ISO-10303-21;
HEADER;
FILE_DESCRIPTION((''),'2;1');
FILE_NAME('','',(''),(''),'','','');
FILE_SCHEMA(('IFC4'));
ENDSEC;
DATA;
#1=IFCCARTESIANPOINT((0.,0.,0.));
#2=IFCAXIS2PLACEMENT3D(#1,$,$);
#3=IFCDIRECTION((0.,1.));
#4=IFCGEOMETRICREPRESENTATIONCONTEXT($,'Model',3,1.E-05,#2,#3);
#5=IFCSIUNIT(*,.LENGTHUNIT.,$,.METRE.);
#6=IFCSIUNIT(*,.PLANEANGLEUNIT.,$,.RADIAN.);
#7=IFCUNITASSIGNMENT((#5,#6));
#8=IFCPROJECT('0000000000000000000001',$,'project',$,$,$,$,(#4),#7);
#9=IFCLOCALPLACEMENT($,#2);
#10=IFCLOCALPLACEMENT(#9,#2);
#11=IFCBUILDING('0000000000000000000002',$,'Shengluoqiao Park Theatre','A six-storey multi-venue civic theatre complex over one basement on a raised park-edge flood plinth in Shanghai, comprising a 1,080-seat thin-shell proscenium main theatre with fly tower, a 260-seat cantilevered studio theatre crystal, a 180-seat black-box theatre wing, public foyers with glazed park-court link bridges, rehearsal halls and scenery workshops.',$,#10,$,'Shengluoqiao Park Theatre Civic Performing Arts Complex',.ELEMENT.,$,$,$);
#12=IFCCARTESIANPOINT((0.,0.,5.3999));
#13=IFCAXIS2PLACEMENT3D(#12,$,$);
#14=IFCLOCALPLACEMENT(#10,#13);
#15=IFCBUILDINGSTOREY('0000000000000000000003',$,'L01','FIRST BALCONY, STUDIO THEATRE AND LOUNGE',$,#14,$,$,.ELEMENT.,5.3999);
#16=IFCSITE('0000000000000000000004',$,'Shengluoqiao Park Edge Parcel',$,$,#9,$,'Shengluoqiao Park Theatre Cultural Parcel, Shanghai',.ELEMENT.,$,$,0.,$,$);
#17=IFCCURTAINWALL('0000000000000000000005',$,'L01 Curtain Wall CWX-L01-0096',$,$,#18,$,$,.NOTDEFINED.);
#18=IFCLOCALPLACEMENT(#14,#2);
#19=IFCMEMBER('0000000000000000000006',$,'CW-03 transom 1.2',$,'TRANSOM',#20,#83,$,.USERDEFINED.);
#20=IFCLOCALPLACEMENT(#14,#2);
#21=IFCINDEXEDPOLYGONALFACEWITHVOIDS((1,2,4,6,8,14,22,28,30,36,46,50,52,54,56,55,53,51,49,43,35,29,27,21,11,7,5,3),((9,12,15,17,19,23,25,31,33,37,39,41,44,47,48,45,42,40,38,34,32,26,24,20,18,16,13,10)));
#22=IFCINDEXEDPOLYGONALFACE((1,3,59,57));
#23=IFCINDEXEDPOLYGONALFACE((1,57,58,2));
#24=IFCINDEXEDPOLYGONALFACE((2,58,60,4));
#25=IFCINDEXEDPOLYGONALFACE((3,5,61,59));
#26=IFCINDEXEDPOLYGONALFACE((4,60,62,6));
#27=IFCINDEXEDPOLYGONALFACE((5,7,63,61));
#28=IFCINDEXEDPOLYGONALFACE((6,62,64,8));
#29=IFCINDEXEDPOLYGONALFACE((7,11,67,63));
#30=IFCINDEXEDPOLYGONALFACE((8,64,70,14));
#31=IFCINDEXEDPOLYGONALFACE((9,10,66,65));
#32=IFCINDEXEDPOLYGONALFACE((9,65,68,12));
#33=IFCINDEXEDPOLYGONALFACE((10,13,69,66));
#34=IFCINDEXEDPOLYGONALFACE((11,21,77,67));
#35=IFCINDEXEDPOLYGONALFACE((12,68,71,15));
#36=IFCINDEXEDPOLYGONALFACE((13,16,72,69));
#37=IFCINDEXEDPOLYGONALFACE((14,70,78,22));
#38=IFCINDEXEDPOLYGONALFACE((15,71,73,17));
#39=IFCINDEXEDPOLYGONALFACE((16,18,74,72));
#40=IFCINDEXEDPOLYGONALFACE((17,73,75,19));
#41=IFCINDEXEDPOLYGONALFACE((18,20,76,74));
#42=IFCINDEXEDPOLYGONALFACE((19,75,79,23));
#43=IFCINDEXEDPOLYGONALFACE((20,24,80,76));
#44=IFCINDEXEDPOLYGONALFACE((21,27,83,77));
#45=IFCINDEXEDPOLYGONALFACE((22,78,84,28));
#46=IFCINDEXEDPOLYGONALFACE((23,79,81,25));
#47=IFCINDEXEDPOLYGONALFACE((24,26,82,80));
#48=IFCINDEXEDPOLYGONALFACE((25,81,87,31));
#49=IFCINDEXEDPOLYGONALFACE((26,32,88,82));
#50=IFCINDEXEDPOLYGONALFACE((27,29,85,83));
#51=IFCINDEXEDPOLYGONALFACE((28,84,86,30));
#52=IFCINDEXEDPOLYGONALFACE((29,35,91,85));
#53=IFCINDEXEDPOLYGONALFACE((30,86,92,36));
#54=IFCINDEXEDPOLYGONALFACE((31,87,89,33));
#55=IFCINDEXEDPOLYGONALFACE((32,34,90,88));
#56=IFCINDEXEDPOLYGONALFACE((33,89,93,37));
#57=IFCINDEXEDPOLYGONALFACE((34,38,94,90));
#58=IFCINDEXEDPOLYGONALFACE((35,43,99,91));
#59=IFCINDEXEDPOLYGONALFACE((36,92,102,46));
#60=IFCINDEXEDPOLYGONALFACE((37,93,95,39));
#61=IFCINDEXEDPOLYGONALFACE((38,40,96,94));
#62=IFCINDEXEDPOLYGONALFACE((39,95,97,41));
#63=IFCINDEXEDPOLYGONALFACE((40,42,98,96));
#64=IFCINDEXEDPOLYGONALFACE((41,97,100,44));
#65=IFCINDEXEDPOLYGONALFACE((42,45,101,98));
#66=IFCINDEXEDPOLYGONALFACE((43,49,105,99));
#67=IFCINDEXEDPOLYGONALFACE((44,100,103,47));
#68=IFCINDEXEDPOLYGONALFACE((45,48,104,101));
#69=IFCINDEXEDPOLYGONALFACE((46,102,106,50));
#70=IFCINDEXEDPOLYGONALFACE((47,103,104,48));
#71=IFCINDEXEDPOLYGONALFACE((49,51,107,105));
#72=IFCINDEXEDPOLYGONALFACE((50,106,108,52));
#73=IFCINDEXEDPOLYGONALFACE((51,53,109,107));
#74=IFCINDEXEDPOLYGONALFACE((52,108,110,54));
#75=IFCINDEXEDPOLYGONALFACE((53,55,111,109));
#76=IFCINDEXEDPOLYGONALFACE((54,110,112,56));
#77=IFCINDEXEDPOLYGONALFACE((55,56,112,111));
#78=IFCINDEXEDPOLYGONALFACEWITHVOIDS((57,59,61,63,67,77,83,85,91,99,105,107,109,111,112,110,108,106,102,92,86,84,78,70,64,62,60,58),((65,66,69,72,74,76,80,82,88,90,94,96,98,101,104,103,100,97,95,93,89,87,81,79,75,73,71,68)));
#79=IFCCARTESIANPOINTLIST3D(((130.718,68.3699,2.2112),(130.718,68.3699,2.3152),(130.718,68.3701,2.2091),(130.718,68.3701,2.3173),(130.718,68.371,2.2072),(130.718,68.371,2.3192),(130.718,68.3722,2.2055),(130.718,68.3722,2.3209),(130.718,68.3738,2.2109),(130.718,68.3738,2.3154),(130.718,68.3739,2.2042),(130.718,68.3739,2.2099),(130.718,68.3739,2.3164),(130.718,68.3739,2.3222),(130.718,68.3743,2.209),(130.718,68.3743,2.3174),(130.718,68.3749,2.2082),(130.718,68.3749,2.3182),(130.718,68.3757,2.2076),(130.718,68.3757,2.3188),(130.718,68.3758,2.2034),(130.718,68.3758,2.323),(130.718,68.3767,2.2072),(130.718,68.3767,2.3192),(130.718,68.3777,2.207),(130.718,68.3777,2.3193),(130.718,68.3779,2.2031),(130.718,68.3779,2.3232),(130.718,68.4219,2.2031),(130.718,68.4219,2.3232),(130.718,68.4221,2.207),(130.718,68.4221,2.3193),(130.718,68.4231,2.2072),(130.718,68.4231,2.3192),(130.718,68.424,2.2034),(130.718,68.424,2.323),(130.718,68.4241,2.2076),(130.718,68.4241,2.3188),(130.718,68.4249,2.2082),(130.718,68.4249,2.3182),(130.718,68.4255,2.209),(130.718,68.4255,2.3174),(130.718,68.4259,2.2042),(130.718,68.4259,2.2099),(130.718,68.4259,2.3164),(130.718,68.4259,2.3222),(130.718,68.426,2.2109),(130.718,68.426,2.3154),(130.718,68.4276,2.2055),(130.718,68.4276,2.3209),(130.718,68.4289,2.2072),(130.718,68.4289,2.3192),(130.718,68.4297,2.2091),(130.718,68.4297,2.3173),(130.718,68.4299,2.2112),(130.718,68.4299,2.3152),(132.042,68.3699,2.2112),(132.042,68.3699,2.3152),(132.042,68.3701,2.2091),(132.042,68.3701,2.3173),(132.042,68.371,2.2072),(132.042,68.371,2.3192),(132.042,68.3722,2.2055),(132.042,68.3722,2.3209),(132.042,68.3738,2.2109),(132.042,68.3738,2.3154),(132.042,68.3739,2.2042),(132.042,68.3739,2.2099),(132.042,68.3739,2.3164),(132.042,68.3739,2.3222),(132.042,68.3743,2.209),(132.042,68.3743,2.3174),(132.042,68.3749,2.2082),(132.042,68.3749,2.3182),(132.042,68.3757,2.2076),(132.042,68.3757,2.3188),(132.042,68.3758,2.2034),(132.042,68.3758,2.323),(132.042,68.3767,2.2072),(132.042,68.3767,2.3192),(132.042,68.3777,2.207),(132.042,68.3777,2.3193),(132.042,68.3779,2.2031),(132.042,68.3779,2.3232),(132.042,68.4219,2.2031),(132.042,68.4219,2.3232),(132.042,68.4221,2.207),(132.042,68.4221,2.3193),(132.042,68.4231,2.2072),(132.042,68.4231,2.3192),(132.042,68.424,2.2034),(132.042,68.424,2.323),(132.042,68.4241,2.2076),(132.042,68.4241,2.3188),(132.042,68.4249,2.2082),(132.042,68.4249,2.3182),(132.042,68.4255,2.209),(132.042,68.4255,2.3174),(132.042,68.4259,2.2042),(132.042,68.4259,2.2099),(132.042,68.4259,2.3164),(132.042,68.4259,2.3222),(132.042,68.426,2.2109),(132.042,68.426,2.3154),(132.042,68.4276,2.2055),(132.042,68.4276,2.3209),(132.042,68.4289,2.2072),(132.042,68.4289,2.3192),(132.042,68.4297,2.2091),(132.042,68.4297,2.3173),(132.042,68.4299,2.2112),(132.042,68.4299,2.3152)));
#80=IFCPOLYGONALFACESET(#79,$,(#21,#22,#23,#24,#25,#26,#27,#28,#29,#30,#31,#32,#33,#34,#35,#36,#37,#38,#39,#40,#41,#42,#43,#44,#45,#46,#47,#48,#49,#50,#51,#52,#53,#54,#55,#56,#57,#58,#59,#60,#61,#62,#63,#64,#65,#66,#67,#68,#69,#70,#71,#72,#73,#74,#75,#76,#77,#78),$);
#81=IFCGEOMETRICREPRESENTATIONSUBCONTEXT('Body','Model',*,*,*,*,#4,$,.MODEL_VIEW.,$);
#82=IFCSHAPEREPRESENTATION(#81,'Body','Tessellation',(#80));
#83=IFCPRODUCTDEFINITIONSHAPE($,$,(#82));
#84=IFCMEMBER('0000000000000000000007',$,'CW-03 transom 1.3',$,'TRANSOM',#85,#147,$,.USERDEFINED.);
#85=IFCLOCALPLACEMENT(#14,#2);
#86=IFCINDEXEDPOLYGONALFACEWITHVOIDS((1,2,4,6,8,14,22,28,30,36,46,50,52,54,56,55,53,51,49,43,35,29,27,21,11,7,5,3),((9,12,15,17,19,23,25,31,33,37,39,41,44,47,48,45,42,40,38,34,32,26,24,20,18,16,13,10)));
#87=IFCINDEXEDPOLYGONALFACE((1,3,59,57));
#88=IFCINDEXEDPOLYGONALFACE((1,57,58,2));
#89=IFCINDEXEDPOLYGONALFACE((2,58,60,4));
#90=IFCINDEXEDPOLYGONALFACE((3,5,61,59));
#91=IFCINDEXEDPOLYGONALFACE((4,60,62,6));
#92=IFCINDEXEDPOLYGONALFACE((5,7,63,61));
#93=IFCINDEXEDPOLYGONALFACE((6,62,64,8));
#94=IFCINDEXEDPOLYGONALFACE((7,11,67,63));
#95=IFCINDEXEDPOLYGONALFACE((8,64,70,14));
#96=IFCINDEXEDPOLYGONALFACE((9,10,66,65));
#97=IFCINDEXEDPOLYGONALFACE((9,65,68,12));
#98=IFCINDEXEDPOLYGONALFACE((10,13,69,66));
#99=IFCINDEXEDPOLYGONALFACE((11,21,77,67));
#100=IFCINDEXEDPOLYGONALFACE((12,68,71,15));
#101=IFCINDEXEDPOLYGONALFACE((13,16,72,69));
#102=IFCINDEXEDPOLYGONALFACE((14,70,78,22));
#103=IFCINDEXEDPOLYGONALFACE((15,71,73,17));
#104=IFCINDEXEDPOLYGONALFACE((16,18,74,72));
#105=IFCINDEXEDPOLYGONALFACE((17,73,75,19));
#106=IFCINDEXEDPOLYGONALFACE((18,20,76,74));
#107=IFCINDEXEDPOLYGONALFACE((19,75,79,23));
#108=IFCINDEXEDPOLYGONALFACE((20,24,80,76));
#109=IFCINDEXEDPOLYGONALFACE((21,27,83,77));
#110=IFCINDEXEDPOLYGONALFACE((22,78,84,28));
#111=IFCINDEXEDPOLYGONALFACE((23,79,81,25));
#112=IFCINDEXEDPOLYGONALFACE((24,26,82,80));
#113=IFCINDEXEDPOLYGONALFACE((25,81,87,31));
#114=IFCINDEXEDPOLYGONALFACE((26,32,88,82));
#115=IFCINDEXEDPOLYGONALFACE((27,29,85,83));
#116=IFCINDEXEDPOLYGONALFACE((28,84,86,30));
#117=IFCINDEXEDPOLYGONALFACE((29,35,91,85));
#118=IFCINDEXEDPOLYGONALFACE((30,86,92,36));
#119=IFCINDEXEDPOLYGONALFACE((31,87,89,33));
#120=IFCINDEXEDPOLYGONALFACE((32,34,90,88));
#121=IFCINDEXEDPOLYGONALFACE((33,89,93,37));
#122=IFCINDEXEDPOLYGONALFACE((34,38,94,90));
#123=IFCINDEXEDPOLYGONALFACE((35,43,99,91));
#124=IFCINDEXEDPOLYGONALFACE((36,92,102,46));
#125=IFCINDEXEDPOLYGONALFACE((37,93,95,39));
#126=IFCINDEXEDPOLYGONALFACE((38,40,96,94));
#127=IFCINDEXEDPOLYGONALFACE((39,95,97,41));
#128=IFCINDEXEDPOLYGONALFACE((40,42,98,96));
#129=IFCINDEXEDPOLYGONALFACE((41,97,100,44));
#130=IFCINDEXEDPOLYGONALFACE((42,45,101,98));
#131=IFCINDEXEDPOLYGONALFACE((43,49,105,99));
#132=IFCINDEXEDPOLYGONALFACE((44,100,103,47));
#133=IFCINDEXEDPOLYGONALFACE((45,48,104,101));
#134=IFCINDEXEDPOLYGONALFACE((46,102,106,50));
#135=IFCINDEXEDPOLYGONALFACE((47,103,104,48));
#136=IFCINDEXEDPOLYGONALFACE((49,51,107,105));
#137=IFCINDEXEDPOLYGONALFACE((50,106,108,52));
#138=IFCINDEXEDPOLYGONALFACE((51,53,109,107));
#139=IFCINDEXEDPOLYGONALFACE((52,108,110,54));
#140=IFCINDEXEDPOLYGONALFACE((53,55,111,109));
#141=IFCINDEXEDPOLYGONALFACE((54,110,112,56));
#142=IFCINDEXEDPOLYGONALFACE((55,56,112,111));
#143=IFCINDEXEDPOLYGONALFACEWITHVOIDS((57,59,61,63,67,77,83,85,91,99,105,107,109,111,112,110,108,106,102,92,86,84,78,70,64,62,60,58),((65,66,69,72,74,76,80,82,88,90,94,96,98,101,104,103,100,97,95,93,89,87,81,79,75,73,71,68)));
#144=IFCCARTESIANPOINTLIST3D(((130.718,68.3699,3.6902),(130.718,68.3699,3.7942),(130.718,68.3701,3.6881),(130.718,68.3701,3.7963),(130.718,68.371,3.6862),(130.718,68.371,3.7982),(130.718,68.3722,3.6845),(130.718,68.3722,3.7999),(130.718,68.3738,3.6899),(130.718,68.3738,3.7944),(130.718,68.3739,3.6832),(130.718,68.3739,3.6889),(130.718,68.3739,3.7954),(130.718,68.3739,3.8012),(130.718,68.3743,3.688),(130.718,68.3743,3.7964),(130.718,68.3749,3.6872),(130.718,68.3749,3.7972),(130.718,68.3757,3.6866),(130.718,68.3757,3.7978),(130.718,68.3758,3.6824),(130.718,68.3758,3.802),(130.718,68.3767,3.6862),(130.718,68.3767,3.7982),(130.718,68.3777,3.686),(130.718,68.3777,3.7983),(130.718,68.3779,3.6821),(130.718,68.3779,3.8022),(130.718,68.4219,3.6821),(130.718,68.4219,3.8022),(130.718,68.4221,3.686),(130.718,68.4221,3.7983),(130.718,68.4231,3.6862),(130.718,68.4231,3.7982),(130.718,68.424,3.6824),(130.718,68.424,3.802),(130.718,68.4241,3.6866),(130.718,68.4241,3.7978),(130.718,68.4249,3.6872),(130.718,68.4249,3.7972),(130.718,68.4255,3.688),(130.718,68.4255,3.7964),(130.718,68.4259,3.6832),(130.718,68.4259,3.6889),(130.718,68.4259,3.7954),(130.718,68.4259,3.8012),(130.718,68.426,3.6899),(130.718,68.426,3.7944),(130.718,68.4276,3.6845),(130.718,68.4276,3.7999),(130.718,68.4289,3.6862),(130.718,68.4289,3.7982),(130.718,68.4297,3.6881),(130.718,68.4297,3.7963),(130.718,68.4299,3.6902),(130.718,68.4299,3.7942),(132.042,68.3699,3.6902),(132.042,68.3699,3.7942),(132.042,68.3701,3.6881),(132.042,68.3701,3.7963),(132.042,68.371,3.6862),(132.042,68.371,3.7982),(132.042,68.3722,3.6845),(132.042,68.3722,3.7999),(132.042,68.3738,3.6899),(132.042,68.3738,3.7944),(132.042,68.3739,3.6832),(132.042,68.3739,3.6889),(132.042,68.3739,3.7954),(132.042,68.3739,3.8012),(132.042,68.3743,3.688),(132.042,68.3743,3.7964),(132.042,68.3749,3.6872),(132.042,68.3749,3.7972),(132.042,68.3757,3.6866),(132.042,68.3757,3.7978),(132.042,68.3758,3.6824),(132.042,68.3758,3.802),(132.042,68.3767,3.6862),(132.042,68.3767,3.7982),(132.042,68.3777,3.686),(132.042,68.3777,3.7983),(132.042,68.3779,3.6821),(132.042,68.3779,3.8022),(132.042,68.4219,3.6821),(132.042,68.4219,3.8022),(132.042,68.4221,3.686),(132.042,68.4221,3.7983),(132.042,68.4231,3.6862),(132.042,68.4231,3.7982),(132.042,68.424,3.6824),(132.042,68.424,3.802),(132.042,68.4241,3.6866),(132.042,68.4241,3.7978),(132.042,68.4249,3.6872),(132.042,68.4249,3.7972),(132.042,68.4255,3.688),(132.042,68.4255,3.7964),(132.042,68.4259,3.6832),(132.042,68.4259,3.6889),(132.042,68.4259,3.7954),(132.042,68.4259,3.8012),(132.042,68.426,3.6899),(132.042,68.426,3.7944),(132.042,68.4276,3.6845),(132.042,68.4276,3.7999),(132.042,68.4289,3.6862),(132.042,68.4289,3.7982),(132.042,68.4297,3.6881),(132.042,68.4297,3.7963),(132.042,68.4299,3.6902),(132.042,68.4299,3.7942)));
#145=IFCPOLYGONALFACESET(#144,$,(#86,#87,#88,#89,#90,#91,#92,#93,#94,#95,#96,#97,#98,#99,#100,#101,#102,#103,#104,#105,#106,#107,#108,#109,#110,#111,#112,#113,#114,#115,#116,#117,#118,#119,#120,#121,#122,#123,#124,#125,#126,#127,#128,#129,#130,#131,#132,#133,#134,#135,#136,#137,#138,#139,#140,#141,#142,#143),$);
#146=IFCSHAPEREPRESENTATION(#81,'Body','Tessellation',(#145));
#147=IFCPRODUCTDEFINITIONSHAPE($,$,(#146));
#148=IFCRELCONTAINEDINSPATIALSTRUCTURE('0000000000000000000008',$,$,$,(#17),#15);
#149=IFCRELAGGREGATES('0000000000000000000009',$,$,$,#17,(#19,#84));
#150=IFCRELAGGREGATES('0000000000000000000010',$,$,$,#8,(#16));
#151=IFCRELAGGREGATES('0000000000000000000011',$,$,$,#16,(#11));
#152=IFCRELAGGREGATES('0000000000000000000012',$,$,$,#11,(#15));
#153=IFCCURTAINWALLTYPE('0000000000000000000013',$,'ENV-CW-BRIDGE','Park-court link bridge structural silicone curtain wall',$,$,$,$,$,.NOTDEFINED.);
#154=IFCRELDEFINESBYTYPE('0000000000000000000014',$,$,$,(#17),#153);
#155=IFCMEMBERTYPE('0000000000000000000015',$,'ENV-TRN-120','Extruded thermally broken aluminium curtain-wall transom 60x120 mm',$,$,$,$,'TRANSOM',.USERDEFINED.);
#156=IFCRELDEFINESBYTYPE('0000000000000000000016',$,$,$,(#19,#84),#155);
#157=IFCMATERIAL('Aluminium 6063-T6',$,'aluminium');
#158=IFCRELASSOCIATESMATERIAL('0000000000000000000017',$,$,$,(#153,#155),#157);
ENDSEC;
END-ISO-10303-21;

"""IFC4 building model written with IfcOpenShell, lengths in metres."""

from ifc_helpers import new_model, si_unit, direction, frame, origin, origin_2d, place, context, subcontext, project, spatial, hollow_rectangle, extrude, material, material_profile, profile_set, type_object, element, aggregate, save


model = new_model("IFC4")

# Units and contexts
model_context = context("Model", 3, precision=1e-05, world=origin(), true_north=direction((0.0, 1.0)))
body_context = subcontext(model_context, "Body", "Model", "MODEL_VIEW")
ifc_project = project(units=[si_unit("LENGTHUNIT", "METRE"), si_unit("PLANEANGLEUNIT", "RADIAN")], contexts=[model_context])

# Site, building, storey
site_placement = place(None, origin())
site = spatial("IfcSite", under=ifc_project, at=site_placement, Name="Shengluoqiao Park Edge Parcel", LongName="Shengluoqiao Park Theatre Cultural Parcel, Shanghai", CompositionType="ELEMENT", RefElevation=0.0)
building_placement = place(site_placement, origin())
building = spatial("IfcBuilding", under=site, at=building_placement, Name="Shengluoqiao Park Theatre", Description="A six-storey multi-venue civic theatre complex over one basement on a raised park-edge flood plinth in Shanghai, comprising a 1,080-seat thin-shell proscenium main theatre with fly tower, a 260-seat cantilevered studio theatre crystal, a 180-seat black-box theatre wing, public foyers with glazed park-court link bridges, rehearsal halls and scenery workshops.", LongName="Shengluoqiao Park Theatre Civic Performing Arts Complex", CompositionType="ELEMENT")
storey_placement = place(building_placement, frame((0.0, 0.0, 5.3999)))
storey = spatial("IfcBuildingStorey", under=building, at=storey_placement, Name="L01", Description="FIRST BALCONY, STUDIO THEATRE AND LOUNGE", CompositionType="ELEMENT", Elevation=5.3999)

# Curtain wall
ifc_material_1 = material(Name="Aluminium 6063-T6", Category="aluminium")
curtain_wall_type = type_object("IfcCurtainWallType", Name="ENV-CW-BRIDGE", Description="Park-court link bridge structural silicone curtain wall", PredefinedType="NOTDEFINED", material=ifc_material_1)
curtain_wall_1_placement = place(storey_placement, origin())
curtain_wall_1 = element("IfcCurtainWall", 1, at=curtain_wall_1_placement, inside=storey, type_object=curtain_wall_type, Name="L01 Curtain Wall CWX-L01-0096", PredefinedType="NOTDEFINED")

# Members
ifc_material_profile_1 = material_profile(ifc_material_1, hollow_rectangle(XDim=0.0601, YDim=0.1201, WallThickness=0.0039, InnerFilletRadius=0.0039, OuterFilletRadius=0.0081, at=origin_2d()), Name="ALU TRANSOM 120x60x4")
ifc_profile_set_1 = profile_set([ifc_material_profile_1], Name="Aluminium 6063-T6")
member_type_1 = type_object("IfcMemberType", Name="ENV-TRN-120", Description="Extruded thermally broken aluminium curtain-wall transom 60x120 mm", ElementType="TRANSOM", PredefinedType="USERDEFINED", material=ifc_profile_set_1)
member_1_placement = place(storey_placement, frame((130.718, 68.3999, 2.2632), z_axis=(1.0, 0.0, 0.0), x_axis=(0.0, 1.0, 0.0)))
member_1 = element("IfcMember", 2, at=member_1_placement, type_object=member_type_1, Name="CW-03 transom 1.2", ObjectType="TRANSOM", PredefinedType="USERDEFINED", context=body_context, shape_type="SweptSolid", body=[
    extrude(hollow_rectangle(XDim=0.0601, YDim=0.1201, WallThickness=0.0039, InnerFilletRadius=0.0039, OuterFilletRadius=0.0081, at=origin_2d()), origin(), (0.0, 0.0, 1.0), 1.324),
])
member_2_placement = place(storey_placement, frame((130.718, 68.3999, 3.7422), z_axis=(1.0, 0.0, 0.0), x_axis=(0.0, 1.0, 0.0)))
member_2 = element("IfcMember", 3, at=member_2_placement, type_object=member_type_1, Name="CW-03 transom 1.3", ObjectType="TRANSOM", PredefinedType="USERDEFINED", context=body_context, shape_type="SweptSolid", body=[
    extrude(hollow_rectangle(XDim=0.0601, YDim=0.1201, WallThickness=0.0039, InnerFilletRadius=0.0039, OuterFilletRadius=0.0081, at=origin_2d()), origin(), (0.0, 0.0, 1.0), 1.324),
])

aggregate(curtain_wall_1, [member_1, member_2])

save(model, "model.ifc")
